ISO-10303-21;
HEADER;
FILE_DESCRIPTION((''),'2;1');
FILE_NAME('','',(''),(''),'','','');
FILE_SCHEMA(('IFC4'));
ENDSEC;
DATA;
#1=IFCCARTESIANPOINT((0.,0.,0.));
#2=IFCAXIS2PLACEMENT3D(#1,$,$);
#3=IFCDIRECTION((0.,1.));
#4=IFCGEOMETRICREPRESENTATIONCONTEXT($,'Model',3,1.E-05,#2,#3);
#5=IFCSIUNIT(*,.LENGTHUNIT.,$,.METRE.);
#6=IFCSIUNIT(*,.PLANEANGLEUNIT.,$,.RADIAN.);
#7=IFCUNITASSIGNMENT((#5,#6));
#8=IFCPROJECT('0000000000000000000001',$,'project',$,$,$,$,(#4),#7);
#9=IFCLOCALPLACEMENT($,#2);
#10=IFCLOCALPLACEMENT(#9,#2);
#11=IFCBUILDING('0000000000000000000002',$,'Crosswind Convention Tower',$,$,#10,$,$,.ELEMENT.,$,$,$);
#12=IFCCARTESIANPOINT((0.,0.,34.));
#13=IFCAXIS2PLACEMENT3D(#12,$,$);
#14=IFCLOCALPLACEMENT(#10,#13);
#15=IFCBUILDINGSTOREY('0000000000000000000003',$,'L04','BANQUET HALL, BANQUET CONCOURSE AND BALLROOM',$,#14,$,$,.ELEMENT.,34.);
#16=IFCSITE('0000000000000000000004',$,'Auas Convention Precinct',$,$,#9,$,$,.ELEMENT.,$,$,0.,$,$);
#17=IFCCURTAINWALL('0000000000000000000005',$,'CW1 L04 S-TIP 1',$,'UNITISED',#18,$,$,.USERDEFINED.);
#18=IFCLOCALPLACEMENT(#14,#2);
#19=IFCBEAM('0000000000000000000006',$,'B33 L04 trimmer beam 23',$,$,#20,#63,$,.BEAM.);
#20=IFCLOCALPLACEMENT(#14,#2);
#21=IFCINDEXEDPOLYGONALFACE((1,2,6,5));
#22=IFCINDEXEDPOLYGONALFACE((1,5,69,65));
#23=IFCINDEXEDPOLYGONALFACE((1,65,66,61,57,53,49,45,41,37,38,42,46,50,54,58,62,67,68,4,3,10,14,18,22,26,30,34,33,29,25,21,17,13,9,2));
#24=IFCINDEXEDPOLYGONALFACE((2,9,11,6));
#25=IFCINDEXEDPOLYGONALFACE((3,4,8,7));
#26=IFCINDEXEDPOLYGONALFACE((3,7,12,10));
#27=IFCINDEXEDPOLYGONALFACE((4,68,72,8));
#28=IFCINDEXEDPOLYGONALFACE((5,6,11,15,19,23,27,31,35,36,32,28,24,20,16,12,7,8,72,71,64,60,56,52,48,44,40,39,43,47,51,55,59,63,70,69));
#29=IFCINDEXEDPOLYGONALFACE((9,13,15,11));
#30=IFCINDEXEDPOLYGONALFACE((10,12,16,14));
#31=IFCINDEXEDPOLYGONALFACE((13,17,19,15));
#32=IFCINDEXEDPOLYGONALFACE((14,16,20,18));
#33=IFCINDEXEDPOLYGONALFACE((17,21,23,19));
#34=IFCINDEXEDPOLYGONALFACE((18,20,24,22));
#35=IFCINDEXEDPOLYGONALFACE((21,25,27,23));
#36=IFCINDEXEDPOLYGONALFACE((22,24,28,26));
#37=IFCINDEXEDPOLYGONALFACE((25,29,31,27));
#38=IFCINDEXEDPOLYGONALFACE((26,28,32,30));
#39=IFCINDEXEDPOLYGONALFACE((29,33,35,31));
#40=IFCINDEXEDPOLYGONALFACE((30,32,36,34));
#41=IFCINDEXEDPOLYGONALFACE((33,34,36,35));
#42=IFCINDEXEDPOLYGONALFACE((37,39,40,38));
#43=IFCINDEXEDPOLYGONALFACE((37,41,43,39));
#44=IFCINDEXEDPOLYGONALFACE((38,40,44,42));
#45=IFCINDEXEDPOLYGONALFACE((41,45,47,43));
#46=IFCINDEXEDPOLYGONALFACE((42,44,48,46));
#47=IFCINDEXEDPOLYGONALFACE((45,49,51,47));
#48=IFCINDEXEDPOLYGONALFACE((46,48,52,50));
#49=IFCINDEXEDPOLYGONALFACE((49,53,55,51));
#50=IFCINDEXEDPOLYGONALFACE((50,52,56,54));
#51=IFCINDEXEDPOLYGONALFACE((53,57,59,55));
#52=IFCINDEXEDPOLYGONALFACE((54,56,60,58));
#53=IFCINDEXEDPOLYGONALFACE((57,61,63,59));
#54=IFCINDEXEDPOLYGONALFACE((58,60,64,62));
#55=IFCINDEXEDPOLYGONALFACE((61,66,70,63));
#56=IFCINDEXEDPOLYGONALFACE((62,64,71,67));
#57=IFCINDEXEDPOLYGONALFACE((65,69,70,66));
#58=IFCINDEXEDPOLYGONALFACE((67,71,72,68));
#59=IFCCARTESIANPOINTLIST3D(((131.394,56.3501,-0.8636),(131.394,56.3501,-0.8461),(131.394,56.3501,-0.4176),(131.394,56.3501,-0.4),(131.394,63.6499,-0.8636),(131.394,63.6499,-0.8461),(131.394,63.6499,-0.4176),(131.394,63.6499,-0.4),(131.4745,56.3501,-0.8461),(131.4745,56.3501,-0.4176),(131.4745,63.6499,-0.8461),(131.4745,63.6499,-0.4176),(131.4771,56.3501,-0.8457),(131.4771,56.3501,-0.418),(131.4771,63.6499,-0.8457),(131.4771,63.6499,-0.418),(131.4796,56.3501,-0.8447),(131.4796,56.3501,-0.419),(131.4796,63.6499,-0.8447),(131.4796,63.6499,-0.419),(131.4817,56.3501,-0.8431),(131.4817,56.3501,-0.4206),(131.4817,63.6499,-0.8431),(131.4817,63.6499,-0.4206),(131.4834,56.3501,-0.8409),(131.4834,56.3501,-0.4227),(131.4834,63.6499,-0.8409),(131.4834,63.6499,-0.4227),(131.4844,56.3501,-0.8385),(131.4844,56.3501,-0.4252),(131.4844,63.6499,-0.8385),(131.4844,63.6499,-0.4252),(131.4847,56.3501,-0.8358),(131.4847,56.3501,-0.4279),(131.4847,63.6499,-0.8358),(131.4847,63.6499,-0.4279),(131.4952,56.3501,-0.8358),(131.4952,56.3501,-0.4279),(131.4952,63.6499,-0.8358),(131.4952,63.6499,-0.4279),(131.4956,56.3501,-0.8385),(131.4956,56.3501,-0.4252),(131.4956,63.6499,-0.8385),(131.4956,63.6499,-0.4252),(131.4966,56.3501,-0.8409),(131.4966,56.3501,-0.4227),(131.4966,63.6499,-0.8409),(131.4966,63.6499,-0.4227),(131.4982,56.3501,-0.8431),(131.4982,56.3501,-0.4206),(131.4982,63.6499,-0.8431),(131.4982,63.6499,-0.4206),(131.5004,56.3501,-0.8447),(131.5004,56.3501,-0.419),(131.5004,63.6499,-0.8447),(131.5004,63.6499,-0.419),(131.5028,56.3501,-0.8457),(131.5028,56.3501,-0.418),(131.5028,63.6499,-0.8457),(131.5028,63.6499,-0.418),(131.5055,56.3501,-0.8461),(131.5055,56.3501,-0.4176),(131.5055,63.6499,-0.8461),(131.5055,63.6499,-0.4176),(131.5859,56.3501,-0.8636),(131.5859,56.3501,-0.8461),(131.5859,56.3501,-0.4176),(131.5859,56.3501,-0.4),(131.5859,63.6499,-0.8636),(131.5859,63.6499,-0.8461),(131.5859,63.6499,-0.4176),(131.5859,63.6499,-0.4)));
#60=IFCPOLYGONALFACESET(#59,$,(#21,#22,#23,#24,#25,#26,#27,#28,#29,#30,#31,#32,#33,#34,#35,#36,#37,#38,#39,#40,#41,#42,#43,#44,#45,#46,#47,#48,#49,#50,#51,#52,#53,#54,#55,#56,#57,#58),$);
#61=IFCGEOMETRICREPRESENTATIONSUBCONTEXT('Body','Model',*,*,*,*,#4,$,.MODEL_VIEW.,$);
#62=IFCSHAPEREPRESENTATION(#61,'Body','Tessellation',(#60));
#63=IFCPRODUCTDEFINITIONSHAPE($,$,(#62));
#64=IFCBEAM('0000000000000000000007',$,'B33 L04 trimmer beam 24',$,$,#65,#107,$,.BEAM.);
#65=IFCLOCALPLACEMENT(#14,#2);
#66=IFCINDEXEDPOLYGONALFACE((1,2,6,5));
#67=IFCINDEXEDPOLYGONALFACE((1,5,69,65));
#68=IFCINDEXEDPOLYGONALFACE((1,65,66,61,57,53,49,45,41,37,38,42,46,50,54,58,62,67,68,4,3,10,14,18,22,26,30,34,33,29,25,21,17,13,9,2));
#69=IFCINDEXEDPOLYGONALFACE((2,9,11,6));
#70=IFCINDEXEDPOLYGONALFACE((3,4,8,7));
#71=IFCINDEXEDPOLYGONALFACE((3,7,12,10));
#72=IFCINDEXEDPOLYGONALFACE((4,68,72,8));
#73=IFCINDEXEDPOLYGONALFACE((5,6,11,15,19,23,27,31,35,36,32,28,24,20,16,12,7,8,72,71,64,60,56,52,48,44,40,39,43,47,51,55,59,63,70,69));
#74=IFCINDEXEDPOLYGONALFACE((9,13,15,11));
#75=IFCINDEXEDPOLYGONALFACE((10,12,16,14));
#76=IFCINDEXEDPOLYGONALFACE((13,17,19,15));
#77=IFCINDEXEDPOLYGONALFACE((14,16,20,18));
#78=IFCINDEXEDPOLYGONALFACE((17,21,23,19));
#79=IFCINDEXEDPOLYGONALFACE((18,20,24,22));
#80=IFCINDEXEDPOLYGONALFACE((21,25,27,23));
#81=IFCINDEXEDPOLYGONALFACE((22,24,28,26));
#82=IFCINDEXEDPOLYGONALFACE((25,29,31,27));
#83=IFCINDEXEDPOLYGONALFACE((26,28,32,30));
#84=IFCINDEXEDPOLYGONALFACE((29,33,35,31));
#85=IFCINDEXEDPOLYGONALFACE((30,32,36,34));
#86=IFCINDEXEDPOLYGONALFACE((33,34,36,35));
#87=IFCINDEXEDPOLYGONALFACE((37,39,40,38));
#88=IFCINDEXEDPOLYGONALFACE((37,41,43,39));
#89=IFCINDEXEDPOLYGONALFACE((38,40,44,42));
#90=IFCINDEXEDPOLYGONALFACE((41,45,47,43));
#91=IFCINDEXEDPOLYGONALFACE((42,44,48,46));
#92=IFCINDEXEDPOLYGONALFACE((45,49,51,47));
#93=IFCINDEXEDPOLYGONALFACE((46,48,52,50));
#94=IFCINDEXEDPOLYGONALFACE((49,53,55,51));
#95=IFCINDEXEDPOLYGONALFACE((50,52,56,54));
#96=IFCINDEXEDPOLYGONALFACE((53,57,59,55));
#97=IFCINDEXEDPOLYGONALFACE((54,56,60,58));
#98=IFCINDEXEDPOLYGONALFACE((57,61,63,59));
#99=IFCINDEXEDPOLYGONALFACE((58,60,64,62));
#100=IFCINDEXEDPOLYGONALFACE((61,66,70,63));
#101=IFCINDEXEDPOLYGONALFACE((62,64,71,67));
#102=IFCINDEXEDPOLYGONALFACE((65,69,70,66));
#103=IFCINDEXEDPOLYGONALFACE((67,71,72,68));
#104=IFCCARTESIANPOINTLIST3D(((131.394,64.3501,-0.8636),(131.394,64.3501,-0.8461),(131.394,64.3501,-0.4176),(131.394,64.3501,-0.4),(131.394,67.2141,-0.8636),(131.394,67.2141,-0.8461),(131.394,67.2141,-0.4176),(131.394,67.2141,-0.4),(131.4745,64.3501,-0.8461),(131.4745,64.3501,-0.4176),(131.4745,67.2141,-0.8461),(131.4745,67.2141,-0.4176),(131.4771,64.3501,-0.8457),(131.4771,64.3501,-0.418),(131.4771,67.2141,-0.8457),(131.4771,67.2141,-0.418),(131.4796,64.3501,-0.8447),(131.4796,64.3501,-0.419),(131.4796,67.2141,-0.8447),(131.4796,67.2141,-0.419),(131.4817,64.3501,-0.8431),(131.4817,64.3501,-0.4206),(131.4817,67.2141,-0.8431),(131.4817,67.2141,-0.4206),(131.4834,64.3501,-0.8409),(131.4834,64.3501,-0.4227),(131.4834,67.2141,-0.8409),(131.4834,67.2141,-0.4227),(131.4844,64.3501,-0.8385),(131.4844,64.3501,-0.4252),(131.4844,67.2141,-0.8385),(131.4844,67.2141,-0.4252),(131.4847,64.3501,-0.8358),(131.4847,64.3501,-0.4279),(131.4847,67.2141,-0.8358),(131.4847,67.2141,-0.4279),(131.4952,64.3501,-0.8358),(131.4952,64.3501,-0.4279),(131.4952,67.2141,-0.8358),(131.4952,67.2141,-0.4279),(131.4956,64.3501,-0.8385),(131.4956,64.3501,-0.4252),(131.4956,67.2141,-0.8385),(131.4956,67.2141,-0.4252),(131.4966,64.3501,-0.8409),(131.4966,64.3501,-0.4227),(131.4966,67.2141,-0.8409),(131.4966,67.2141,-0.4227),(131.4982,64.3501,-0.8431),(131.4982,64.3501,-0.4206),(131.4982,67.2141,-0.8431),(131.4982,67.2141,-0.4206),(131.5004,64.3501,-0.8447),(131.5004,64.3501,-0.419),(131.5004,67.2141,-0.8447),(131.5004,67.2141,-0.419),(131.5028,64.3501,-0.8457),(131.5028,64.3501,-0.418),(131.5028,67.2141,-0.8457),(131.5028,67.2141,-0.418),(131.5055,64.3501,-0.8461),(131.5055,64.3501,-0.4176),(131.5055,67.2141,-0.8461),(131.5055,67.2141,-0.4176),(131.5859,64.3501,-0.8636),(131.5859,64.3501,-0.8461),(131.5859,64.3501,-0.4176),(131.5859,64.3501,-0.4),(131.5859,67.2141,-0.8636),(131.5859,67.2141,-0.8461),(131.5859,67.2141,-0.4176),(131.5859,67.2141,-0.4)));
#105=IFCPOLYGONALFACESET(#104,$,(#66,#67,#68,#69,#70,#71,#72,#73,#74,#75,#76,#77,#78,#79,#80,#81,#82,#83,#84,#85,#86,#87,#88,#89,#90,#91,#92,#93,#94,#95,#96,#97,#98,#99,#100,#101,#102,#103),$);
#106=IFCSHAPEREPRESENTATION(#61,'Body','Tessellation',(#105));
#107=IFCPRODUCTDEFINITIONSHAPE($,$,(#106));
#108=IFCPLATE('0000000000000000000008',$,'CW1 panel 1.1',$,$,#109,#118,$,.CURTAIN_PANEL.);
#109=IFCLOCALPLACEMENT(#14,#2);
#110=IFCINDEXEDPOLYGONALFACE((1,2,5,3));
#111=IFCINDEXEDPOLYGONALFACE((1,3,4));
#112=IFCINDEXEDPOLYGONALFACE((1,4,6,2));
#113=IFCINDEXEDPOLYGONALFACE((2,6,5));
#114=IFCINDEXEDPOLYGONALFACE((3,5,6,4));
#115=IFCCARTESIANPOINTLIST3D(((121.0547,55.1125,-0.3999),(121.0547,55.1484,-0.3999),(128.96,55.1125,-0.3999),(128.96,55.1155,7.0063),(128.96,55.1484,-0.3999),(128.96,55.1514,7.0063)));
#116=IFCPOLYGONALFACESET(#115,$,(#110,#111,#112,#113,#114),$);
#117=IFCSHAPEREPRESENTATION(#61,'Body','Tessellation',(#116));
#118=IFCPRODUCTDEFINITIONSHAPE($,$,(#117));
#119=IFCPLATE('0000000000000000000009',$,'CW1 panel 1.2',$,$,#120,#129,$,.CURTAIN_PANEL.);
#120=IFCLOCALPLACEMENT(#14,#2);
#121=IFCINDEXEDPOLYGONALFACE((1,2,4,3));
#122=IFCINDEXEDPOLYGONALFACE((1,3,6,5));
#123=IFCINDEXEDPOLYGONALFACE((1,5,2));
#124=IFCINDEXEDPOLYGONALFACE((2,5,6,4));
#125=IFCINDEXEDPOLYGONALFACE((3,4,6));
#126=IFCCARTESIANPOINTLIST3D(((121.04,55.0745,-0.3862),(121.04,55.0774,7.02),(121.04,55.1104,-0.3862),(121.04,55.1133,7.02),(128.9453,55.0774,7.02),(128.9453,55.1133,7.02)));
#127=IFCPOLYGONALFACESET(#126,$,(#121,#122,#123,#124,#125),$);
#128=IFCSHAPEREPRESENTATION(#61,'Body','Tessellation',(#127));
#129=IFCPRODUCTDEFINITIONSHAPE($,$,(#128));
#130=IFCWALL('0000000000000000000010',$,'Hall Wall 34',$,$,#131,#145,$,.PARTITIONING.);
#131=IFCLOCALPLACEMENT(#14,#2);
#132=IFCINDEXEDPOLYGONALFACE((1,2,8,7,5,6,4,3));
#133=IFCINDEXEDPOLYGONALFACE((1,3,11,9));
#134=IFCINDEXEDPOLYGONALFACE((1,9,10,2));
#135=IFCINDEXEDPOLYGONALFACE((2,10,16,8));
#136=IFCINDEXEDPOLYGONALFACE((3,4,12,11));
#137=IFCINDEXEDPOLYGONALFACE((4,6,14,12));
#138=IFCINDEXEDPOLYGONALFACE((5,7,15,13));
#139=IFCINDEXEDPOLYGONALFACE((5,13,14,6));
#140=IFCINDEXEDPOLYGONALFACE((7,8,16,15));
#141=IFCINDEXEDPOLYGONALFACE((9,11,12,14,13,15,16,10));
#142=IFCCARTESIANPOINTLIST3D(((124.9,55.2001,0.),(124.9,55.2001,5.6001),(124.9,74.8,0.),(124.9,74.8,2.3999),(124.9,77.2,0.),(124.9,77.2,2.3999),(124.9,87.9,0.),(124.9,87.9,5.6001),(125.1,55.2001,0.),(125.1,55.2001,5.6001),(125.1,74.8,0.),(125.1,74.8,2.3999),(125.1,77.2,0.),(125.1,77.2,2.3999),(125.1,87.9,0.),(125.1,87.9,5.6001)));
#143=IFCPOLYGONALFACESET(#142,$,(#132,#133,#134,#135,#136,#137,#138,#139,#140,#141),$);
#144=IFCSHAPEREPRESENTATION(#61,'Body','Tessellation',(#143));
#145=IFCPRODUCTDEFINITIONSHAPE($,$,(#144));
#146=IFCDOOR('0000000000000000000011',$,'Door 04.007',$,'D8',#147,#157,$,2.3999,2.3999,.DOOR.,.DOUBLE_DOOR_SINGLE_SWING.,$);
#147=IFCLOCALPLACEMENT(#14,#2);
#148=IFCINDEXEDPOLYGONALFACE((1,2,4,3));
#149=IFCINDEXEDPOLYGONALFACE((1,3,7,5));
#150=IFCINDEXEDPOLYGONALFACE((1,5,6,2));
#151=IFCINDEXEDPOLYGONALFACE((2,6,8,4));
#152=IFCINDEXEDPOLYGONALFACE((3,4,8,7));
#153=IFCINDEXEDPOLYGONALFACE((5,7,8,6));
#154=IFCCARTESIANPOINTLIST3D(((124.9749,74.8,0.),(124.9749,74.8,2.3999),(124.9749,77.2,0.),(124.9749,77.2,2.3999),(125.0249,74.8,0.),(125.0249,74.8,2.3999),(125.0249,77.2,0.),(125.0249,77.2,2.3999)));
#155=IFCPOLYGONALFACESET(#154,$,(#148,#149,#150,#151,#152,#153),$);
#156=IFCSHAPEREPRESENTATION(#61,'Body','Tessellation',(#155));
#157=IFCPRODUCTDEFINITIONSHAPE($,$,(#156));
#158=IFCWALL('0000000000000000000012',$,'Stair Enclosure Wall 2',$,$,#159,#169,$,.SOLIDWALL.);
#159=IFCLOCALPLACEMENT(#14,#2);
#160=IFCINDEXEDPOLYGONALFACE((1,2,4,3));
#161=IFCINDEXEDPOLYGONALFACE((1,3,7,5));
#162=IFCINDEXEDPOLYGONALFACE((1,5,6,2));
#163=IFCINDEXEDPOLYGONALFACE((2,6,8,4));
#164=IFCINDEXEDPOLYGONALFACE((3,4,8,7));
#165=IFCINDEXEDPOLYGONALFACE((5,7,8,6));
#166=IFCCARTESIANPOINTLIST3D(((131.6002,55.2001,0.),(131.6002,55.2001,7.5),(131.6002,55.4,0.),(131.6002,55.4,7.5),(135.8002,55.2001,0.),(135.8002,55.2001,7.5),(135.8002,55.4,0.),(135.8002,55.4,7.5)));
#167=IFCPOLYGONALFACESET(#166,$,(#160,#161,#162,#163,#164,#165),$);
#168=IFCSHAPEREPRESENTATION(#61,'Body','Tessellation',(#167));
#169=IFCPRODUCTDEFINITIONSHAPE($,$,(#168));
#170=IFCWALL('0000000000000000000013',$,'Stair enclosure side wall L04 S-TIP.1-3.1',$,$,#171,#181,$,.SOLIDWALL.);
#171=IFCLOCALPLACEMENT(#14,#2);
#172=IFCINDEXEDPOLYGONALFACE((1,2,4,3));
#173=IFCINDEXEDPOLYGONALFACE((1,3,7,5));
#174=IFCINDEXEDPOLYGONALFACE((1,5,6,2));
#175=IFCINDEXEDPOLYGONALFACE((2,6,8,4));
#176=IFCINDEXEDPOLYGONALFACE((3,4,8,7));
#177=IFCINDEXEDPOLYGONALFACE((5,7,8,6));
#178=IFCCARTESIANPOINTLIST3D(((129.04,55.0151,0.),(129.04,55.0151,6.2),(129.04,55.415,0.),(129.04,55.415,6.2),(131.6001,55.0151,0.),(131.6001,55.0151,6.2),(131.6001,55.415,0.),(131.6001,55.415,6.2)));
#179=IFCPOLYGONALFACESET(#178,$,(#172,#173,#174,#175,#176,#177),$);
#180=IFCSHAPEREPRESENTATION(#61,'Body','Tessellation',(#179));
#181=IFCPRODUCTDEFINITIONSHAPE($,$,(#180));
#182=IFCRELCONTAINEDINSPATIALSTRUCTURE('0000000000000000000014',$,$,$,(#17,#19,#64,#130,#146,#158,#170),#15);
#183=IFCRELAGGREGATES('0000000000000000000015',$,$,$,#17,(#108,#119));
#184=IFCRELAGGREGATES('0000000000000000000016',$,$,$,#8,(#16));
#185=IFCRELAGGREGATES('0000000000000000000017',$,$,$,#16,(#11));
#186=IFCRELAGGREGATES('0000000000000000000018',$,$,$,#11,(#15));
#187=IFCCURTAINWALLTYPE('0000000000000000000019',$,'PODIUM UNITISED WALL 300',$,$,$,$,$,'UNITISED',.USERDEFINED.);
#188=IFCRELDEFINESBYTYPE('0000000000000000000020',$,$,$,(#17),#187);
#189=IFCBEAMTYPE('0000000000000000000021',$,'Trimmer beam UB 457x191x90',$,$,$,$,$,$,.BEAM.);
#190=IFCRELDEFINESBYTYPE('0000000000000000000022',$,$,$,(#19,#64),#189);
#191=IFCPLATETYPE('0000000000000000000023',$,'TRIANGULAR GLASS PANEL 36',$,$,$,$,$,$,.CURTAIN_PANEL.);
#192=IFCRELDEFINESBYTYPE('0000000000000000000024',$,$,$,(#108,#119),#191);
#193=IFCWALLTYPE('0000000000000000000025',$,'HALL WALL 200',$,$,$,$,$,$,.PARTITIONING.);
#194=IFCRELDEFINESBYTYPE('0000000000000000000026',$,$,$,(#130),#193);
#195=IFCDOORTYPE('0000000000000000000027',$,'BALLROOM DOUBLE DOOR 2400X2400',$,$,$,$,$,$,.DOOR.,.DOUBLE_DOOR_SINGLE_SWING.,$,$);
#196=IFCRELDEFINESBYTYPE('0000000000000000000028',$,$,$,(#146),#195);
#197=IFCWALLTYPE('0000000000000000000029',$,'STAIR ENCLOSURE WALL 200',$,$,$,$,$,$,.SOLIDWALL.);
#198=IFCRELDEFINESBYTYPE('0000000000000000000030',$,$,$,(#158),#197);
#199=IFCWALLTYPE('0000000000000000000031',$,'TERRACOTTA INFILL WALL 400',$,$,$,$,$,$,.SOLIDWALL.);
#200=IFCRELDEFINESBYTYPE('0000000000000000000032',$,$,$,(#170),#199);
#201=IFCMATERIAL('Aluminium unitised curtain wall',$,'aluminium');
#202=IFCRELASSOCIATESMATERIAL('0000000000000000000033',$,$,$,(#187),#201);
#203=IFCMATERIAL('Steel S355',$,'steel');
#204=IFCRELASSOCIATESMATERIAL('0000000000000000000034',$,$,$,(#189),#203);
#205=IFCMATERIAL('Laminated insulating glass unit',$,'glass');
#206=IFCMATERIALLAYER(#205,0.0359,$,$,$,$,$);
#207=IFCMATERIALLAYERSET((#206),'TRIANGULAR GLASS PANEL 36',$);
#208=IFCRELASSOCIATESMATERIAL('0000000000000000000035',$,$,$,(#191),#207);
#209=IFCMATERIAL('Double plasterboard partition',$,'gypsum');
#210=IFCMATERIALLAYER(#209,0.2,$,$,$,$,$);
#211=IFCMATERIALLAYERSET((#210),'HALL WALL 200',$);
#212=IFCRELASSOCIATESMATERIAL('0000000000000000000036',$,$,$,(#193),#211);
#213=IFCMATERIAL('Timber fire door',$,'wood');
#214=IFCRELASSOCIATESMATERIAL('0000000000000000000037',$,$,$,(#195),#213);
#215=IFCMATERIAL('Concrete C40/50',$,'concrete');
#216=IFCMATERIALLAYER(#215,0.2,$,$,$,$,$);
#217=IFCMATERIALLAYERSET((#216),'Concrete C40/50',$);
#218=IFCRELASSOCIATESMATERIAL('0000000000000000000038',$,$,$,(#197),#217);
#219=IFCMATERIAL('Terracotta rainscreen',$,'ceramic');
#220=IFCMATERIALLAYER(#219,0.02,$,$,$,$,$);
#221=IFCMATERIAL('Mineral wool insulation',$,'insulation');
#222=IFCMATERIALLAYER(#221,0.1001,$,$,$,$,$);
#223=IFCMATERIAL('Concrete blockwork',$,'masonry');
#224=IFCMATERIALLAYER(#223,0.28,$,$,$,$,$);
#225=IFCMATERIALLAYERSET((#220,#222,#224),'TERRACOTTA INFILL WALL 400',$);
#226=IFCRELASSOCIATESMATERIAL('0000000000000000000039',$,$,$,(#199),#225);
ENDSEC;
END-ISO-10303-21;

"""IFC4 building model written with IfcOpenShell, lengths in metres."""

from ifc_helpers import new_model, si_unit, direction, frame, frame_2d, origin, origin_2d, place, context, subcontext, project, spatial, polyline, rectangle, i_section, outline, extrude, material, layer, layer_set, material_profile, profile_set, type_object, element, fill, aggregate, save


model = new_model("IFC4")

# Units and contexts
model_context = context("Model", 3, precision=1e-05, world=origin(), true_north=direction((0.0, 1.0)))
body_context = subcontext(model_context, "Body", "Model", "MODEL_VIEW")
ifc_project = project(units=[si_unit("LENGTHUNIT", "METRE"), si_unit("PLANEANGLEUNIT", "RADIAN")], contexts=[model_context])

# Site, building, storey
site_placement = place(None, origin())
site = spatial("IfcSite", under=ifc_project, at=site_placement, Name="Auas Convention Precinct", CompositionType="ELEMENT", RefElevation=0.0)
building_placement = place(site_placement, origin())
building = spatial("IfcBuilding", under=site, at=building_placement, Name="Crosswind Convention Tower", CompositionType="ELEMENT")
storey_placement = place(building_placement, frame((0.0, 0.0, 34.0)))
storey = spatial("IfcBuildingStorey", under=building, at=storey_placement, Name="L04", Description="BANQUET HALL, BANQUET CONCOURSE AND BALLROOM", CompositionType="ELEMENT", Elevation=34.0)

# Curtain wall
ifc_material_1 = material(Name="Aluminium unitised curtain wall", Category="aluminium")
curtain_wall_type = type_object("IfcCurtainWallType", Name="PODIUM UNITISED WALL 300", ElementType="UNITISED", PredefinedType="USERDEFINED", material=ifc_material_1)
curtain_wall_placement = place(storey_placement, origin())
curtain_wall = element("IfcCurtainWall", 1, at=curtain_wall_placement, inside=storey, type_object=curtain_wall_type, Name="CW1 L04 S-TIP 1", ObjectType="UNITISED", PredefinedType="USERDEFINED")

# Shared definitions
ifc_material_2 = material(Name="Steel S355", Category="steel")

# Beams
ifc_material_profile_1 = material_profile(ifc_material_2, i_section(OverallWidth=0.1919, OverallDepth=0.4636, WebThickness=0.0105, FlangeThickness=0.0176, FilletRadius=0.0103, at=origin_2d()), Name="UB 457x191x90")
ifc_profile_set_1 = profile_set([ifc_material_profile_1], Name="Steel S355")
beam_type_1 = type_object("IfcBeamType", Name="Trimmer beam UB 457x191x90", PredefinedType="BEAM", material=ifc_profile_set_1)
beam_1_placement = place(storey_placement, frame((131.49, 63.6499, -0.6318), z_axis=(0.0, -1.0, 0.0), x_axis=(1.0, 0.0, 0.0)))
element("IfcBeam", 2, at=beam_1_placement, inside=storey, type_object=beam_type_1, Name="B33 L04 trimmer beam 23", PredefinedType="BEAM", context=body_context, shape_type="SweptSolid", body=[
    extrude(i_section(OverallWidth=0.1919, OverallDepth=0.4636, WebThickness=0.0105, FlangeThickness=0.0176, FilletRadius=0.0103, at=origin_2d()), origin(), (0.0, 0.0, 1.0), 7.2998),
])
beam_2_placement = place(storey_placement, frame((131.49, 67.2141, -0.6318), z_axis=(0.0, -1.0, 0.0), x_axis=(1.0, 0.0, 0.0)))
element("IfcBeam", 3, at=beam_2_placement, inside=storey, type_object=beam_type_1, Name="B33 L04 trimmer beam 24", PredefinedType="BEAM", context=body_context, shape_type="SweptSolid", body=[
    extrude(i_section(OverallWidth=0.1919, OverallDepth=0.4636, WebThickness=0.0105, FlangeThickness=0.0176, FilletRadius=0.0103, at=origin_2d()), origin(), (0.0, 0.0, 1.0), 2.864),
])

# Plates
ifc_material_3 = material(Name="Laminated insulating glass unit", Category="glass")
ifc_layer_1 = layer(ifc_material_3, 0.0359)
ifc_layer_set_1 = layer_set([ifc_layer_1], Name="TRIANGULAR GLASS PANEL 36")
plate_type = type_object("IfcPlateType", Name="TRIANGULAR GLASS PANEL 36", PredefinedType="CURTAIN_PANEL", material=ifc_layer_set_1)
plate_1_placement = place(storey_placement, frame((128.96, 55.1125, -0.3999), z_axis=(0.0, -1.0, 0.000396), x_axis=(0.0, 0.000396, 1.0)))
plate_1 = element("IfcPlate", 4, at=plate_1_placement, type_object=plate_type, Name="CW1 panel 1.1", PredefinedType="CURTAIN_PANEL", context=body_context, shape_type="SweptSolid", body=[
    extrude(outline(polyline([(0.0, 0.0), (7.4063, 0.0), (0.0, 7.9053), (0.0, 0.0)])), origin(), (0.0, 0.0, -1.0), 0.0359),
])
plate_2_placement = place(storey_placement, frame((121.04, 55.0774, 7.02), z_axis=(0.0, -1.0, 0.000396), x_axis=(0.0, -0.000396, -1.0)))
plate_2 = element("IfcPlate", 5, at=plate_2_placement, type_object=plate_type, Name="CW1 panel 1.2", PredefinedType="CURTAIN_PANEL", context=body_context, shape_type="SweptSolid", body=[
    extrude(outline(polyline([(0.0, 0.0), (7.4063, 0.0), (0.0, 7.9053), (0.0, 0.0)])), origin(), (0.0, 0.0, -1.0), 0.0359),
])

# Wall, opening, door
ifc_material_4 = material(Name="Double plasterboard partition", Category="gypsum")
ifc_layer_2 = layer(ifc_material_4, 0.2)
ifc_layer_set_2 = layer_set([ifc_layer_2], Name="HALL WALL 200")
wall_type_1 = type_object("IfcWallType", Name="HALL WALL 200", PredefinedType="PARTITIONING", material=ifc_layer_set_2)
wall_1_placement = place(storey_placement, frame((125.0, 55.2, 0.0), z_axis=(0.0, 0.0, 1.0), x_axis=(0.0, 1.0, 0.0)))
wall_1 = element("IfcWall", 6, at=wall_1_placement, inside=storey, type_object=wall_type_1, Name="Hall Wall 34", PredefinedType="PARTITIONING", context=body_context, shape_type="SweptSolid", body=[
    extrude(rectangle(XDim=32.7, YDim=0.2, at=frame_2d((16.3501, 0.0))), origin(), (0.0, 0.0, 1.0), 5.6001),
])
opening_placement = place(wall_1_placement, frame((19.6001, 0.0, 0.0)))
opening = element("IfcOpeningElement", 7, at=opening_placement, cuts=wall_1, PredefinedType="OPENING", context=body_context, shape_type="SweptSolid", body=[
    extrude(rectangle(XDim=2.3999, YDim=2.3999, at=frame_2d((1.2, 1.2))), frame((0.0, 0.1099, 0.0), z_axis=(0.0, -1.0, 0.0), x_axis=(1.0, 0.0, 0.0)), (0.0, 0.0, 1.0), 0.22),
])
ifc_material_5 = material(Name="Timber fire door", Category="wood")
door_type = type_object("IfcDoorType", Name="BALLROOM DOUBLE DOOR 2400X2400", OperationType="DOUBLE_DOOR_SINGLE_SWING", PredefinedType="DOOR", material=ifc_material_5)
door_placement = place(opening_placement, frame((2.3999, 0.0, 0.0), z_axis=(0.0, 0.0, 1.0), x_axis=(-1.0, 0.0, 0.0)))
door = element("IfcDoor", 8, at=door_placement, inside=storey, type_object=door_type, Name="Door 04.007", ObjectType="D8", OperationType="DOUBLE_DOOR_SINGLE_SWING", OverallHeight=2.3999, OverallWidth=2.3999, PredefinedType="DOOR", context=body_context, shape_type="SweptSolid", body=[
    extrude(rectangle(XDim=2.3999, YDim=2.3999, at=frame_2d((1.2, 1.2))), frame((0.0, 0.0249, 0.0), z_axis=(0.0, -1.0, 0.0), x_axis=(1.0, 0.0, 0.0)), (0.0, 0.0, 1.0), 0.05),
])
fill(opening, door)

# Walls
ifc_material_6 = material(Name="Concrete C40/50", Category="concrete")
ifc_layer_3 = layer(ifc_material_6, 0.2)
ifc_layer_set_3 = layer_set([ifc_layer_3], Name="Concrete C40/50")
wall_type_2 = type_object("IfcWallType", Name="STAIR ENCLOSURE WALL 200", PredefinedType="SOLIDWALL", material=ifc_layer_set_3)
wall_2_placement = place(storey_placement, frame((131.6001, 55.3, 0.0), z_axis=(0.0, 0.0, 1.0), x_axis=(1.0, 0.0, 0.0)))
element("IfcWall", 9, at=wall_2_placement, inside=storey, type_object=wall_type_2, Name="Stair Enclosure Wall 2", PredefinedType="SOLIDWALL", context=body_context, shape_type="SweptSolid", body=[
    extrude(rectangle(XDim=4.2, YDim=0.2, at=frame_2d((2.1001, 0.0))), origin(), (0.0, 0.0, 1.0), 7.5),
])
ifc_material_7 = material(Name="Terracotta rainscreen", Category="ceramic")
ifc_layer_4 = layer(ifc_material_7, 0.02)
ifc_material_8 = material(Name="Mineral wool insulation", Category="insulation")
ifc_layer_5 = layer(ifc_material_8, 0.1001)
ifc_material_9 = material(Name="Concrete blockwork", Category="masonry")
ifc_layer_6 = layer(ifc_material_9, 0.28)
ifc_layer_set_4 = layer_set([ifc_layer_4, ifc_layer_5, ifc_layer_6], Name="TERRACOTTA INFILL WALL 400")
wall_type_3 = type_object("IfcWallType", Name="TERRACOTTA INFILL WALL 400", PredefinedType="SOLIDWALL", material=ifc_layer_set_4)
wall_3_placement = place(storey_placement, frame((129.04, 55.2151, 0.0), z_axis=(0.0, 0.0, 1.0), x_axis=(1.0, 0.0, 0.0)))
element("IfcWall", 10, at=wall_3_placement, inside=storey, type_object=wall_type_3, Name="Stair enclosure side wall L04 S-TIP.1-3.1", PredefinedType="SOLIDWALL", context=body_context, shape_type="SweptSolid", body=[
    extrude(rectangle(XDim=2.5601, YDim=0.3999, at=frame_2d((1.28, 0.0))), origin(), (0.0, 0.0, 1.0), 6.2),
])

aggregate(curtain_wall, [plate_1, plate_2])

save(model, "model.ifc")
